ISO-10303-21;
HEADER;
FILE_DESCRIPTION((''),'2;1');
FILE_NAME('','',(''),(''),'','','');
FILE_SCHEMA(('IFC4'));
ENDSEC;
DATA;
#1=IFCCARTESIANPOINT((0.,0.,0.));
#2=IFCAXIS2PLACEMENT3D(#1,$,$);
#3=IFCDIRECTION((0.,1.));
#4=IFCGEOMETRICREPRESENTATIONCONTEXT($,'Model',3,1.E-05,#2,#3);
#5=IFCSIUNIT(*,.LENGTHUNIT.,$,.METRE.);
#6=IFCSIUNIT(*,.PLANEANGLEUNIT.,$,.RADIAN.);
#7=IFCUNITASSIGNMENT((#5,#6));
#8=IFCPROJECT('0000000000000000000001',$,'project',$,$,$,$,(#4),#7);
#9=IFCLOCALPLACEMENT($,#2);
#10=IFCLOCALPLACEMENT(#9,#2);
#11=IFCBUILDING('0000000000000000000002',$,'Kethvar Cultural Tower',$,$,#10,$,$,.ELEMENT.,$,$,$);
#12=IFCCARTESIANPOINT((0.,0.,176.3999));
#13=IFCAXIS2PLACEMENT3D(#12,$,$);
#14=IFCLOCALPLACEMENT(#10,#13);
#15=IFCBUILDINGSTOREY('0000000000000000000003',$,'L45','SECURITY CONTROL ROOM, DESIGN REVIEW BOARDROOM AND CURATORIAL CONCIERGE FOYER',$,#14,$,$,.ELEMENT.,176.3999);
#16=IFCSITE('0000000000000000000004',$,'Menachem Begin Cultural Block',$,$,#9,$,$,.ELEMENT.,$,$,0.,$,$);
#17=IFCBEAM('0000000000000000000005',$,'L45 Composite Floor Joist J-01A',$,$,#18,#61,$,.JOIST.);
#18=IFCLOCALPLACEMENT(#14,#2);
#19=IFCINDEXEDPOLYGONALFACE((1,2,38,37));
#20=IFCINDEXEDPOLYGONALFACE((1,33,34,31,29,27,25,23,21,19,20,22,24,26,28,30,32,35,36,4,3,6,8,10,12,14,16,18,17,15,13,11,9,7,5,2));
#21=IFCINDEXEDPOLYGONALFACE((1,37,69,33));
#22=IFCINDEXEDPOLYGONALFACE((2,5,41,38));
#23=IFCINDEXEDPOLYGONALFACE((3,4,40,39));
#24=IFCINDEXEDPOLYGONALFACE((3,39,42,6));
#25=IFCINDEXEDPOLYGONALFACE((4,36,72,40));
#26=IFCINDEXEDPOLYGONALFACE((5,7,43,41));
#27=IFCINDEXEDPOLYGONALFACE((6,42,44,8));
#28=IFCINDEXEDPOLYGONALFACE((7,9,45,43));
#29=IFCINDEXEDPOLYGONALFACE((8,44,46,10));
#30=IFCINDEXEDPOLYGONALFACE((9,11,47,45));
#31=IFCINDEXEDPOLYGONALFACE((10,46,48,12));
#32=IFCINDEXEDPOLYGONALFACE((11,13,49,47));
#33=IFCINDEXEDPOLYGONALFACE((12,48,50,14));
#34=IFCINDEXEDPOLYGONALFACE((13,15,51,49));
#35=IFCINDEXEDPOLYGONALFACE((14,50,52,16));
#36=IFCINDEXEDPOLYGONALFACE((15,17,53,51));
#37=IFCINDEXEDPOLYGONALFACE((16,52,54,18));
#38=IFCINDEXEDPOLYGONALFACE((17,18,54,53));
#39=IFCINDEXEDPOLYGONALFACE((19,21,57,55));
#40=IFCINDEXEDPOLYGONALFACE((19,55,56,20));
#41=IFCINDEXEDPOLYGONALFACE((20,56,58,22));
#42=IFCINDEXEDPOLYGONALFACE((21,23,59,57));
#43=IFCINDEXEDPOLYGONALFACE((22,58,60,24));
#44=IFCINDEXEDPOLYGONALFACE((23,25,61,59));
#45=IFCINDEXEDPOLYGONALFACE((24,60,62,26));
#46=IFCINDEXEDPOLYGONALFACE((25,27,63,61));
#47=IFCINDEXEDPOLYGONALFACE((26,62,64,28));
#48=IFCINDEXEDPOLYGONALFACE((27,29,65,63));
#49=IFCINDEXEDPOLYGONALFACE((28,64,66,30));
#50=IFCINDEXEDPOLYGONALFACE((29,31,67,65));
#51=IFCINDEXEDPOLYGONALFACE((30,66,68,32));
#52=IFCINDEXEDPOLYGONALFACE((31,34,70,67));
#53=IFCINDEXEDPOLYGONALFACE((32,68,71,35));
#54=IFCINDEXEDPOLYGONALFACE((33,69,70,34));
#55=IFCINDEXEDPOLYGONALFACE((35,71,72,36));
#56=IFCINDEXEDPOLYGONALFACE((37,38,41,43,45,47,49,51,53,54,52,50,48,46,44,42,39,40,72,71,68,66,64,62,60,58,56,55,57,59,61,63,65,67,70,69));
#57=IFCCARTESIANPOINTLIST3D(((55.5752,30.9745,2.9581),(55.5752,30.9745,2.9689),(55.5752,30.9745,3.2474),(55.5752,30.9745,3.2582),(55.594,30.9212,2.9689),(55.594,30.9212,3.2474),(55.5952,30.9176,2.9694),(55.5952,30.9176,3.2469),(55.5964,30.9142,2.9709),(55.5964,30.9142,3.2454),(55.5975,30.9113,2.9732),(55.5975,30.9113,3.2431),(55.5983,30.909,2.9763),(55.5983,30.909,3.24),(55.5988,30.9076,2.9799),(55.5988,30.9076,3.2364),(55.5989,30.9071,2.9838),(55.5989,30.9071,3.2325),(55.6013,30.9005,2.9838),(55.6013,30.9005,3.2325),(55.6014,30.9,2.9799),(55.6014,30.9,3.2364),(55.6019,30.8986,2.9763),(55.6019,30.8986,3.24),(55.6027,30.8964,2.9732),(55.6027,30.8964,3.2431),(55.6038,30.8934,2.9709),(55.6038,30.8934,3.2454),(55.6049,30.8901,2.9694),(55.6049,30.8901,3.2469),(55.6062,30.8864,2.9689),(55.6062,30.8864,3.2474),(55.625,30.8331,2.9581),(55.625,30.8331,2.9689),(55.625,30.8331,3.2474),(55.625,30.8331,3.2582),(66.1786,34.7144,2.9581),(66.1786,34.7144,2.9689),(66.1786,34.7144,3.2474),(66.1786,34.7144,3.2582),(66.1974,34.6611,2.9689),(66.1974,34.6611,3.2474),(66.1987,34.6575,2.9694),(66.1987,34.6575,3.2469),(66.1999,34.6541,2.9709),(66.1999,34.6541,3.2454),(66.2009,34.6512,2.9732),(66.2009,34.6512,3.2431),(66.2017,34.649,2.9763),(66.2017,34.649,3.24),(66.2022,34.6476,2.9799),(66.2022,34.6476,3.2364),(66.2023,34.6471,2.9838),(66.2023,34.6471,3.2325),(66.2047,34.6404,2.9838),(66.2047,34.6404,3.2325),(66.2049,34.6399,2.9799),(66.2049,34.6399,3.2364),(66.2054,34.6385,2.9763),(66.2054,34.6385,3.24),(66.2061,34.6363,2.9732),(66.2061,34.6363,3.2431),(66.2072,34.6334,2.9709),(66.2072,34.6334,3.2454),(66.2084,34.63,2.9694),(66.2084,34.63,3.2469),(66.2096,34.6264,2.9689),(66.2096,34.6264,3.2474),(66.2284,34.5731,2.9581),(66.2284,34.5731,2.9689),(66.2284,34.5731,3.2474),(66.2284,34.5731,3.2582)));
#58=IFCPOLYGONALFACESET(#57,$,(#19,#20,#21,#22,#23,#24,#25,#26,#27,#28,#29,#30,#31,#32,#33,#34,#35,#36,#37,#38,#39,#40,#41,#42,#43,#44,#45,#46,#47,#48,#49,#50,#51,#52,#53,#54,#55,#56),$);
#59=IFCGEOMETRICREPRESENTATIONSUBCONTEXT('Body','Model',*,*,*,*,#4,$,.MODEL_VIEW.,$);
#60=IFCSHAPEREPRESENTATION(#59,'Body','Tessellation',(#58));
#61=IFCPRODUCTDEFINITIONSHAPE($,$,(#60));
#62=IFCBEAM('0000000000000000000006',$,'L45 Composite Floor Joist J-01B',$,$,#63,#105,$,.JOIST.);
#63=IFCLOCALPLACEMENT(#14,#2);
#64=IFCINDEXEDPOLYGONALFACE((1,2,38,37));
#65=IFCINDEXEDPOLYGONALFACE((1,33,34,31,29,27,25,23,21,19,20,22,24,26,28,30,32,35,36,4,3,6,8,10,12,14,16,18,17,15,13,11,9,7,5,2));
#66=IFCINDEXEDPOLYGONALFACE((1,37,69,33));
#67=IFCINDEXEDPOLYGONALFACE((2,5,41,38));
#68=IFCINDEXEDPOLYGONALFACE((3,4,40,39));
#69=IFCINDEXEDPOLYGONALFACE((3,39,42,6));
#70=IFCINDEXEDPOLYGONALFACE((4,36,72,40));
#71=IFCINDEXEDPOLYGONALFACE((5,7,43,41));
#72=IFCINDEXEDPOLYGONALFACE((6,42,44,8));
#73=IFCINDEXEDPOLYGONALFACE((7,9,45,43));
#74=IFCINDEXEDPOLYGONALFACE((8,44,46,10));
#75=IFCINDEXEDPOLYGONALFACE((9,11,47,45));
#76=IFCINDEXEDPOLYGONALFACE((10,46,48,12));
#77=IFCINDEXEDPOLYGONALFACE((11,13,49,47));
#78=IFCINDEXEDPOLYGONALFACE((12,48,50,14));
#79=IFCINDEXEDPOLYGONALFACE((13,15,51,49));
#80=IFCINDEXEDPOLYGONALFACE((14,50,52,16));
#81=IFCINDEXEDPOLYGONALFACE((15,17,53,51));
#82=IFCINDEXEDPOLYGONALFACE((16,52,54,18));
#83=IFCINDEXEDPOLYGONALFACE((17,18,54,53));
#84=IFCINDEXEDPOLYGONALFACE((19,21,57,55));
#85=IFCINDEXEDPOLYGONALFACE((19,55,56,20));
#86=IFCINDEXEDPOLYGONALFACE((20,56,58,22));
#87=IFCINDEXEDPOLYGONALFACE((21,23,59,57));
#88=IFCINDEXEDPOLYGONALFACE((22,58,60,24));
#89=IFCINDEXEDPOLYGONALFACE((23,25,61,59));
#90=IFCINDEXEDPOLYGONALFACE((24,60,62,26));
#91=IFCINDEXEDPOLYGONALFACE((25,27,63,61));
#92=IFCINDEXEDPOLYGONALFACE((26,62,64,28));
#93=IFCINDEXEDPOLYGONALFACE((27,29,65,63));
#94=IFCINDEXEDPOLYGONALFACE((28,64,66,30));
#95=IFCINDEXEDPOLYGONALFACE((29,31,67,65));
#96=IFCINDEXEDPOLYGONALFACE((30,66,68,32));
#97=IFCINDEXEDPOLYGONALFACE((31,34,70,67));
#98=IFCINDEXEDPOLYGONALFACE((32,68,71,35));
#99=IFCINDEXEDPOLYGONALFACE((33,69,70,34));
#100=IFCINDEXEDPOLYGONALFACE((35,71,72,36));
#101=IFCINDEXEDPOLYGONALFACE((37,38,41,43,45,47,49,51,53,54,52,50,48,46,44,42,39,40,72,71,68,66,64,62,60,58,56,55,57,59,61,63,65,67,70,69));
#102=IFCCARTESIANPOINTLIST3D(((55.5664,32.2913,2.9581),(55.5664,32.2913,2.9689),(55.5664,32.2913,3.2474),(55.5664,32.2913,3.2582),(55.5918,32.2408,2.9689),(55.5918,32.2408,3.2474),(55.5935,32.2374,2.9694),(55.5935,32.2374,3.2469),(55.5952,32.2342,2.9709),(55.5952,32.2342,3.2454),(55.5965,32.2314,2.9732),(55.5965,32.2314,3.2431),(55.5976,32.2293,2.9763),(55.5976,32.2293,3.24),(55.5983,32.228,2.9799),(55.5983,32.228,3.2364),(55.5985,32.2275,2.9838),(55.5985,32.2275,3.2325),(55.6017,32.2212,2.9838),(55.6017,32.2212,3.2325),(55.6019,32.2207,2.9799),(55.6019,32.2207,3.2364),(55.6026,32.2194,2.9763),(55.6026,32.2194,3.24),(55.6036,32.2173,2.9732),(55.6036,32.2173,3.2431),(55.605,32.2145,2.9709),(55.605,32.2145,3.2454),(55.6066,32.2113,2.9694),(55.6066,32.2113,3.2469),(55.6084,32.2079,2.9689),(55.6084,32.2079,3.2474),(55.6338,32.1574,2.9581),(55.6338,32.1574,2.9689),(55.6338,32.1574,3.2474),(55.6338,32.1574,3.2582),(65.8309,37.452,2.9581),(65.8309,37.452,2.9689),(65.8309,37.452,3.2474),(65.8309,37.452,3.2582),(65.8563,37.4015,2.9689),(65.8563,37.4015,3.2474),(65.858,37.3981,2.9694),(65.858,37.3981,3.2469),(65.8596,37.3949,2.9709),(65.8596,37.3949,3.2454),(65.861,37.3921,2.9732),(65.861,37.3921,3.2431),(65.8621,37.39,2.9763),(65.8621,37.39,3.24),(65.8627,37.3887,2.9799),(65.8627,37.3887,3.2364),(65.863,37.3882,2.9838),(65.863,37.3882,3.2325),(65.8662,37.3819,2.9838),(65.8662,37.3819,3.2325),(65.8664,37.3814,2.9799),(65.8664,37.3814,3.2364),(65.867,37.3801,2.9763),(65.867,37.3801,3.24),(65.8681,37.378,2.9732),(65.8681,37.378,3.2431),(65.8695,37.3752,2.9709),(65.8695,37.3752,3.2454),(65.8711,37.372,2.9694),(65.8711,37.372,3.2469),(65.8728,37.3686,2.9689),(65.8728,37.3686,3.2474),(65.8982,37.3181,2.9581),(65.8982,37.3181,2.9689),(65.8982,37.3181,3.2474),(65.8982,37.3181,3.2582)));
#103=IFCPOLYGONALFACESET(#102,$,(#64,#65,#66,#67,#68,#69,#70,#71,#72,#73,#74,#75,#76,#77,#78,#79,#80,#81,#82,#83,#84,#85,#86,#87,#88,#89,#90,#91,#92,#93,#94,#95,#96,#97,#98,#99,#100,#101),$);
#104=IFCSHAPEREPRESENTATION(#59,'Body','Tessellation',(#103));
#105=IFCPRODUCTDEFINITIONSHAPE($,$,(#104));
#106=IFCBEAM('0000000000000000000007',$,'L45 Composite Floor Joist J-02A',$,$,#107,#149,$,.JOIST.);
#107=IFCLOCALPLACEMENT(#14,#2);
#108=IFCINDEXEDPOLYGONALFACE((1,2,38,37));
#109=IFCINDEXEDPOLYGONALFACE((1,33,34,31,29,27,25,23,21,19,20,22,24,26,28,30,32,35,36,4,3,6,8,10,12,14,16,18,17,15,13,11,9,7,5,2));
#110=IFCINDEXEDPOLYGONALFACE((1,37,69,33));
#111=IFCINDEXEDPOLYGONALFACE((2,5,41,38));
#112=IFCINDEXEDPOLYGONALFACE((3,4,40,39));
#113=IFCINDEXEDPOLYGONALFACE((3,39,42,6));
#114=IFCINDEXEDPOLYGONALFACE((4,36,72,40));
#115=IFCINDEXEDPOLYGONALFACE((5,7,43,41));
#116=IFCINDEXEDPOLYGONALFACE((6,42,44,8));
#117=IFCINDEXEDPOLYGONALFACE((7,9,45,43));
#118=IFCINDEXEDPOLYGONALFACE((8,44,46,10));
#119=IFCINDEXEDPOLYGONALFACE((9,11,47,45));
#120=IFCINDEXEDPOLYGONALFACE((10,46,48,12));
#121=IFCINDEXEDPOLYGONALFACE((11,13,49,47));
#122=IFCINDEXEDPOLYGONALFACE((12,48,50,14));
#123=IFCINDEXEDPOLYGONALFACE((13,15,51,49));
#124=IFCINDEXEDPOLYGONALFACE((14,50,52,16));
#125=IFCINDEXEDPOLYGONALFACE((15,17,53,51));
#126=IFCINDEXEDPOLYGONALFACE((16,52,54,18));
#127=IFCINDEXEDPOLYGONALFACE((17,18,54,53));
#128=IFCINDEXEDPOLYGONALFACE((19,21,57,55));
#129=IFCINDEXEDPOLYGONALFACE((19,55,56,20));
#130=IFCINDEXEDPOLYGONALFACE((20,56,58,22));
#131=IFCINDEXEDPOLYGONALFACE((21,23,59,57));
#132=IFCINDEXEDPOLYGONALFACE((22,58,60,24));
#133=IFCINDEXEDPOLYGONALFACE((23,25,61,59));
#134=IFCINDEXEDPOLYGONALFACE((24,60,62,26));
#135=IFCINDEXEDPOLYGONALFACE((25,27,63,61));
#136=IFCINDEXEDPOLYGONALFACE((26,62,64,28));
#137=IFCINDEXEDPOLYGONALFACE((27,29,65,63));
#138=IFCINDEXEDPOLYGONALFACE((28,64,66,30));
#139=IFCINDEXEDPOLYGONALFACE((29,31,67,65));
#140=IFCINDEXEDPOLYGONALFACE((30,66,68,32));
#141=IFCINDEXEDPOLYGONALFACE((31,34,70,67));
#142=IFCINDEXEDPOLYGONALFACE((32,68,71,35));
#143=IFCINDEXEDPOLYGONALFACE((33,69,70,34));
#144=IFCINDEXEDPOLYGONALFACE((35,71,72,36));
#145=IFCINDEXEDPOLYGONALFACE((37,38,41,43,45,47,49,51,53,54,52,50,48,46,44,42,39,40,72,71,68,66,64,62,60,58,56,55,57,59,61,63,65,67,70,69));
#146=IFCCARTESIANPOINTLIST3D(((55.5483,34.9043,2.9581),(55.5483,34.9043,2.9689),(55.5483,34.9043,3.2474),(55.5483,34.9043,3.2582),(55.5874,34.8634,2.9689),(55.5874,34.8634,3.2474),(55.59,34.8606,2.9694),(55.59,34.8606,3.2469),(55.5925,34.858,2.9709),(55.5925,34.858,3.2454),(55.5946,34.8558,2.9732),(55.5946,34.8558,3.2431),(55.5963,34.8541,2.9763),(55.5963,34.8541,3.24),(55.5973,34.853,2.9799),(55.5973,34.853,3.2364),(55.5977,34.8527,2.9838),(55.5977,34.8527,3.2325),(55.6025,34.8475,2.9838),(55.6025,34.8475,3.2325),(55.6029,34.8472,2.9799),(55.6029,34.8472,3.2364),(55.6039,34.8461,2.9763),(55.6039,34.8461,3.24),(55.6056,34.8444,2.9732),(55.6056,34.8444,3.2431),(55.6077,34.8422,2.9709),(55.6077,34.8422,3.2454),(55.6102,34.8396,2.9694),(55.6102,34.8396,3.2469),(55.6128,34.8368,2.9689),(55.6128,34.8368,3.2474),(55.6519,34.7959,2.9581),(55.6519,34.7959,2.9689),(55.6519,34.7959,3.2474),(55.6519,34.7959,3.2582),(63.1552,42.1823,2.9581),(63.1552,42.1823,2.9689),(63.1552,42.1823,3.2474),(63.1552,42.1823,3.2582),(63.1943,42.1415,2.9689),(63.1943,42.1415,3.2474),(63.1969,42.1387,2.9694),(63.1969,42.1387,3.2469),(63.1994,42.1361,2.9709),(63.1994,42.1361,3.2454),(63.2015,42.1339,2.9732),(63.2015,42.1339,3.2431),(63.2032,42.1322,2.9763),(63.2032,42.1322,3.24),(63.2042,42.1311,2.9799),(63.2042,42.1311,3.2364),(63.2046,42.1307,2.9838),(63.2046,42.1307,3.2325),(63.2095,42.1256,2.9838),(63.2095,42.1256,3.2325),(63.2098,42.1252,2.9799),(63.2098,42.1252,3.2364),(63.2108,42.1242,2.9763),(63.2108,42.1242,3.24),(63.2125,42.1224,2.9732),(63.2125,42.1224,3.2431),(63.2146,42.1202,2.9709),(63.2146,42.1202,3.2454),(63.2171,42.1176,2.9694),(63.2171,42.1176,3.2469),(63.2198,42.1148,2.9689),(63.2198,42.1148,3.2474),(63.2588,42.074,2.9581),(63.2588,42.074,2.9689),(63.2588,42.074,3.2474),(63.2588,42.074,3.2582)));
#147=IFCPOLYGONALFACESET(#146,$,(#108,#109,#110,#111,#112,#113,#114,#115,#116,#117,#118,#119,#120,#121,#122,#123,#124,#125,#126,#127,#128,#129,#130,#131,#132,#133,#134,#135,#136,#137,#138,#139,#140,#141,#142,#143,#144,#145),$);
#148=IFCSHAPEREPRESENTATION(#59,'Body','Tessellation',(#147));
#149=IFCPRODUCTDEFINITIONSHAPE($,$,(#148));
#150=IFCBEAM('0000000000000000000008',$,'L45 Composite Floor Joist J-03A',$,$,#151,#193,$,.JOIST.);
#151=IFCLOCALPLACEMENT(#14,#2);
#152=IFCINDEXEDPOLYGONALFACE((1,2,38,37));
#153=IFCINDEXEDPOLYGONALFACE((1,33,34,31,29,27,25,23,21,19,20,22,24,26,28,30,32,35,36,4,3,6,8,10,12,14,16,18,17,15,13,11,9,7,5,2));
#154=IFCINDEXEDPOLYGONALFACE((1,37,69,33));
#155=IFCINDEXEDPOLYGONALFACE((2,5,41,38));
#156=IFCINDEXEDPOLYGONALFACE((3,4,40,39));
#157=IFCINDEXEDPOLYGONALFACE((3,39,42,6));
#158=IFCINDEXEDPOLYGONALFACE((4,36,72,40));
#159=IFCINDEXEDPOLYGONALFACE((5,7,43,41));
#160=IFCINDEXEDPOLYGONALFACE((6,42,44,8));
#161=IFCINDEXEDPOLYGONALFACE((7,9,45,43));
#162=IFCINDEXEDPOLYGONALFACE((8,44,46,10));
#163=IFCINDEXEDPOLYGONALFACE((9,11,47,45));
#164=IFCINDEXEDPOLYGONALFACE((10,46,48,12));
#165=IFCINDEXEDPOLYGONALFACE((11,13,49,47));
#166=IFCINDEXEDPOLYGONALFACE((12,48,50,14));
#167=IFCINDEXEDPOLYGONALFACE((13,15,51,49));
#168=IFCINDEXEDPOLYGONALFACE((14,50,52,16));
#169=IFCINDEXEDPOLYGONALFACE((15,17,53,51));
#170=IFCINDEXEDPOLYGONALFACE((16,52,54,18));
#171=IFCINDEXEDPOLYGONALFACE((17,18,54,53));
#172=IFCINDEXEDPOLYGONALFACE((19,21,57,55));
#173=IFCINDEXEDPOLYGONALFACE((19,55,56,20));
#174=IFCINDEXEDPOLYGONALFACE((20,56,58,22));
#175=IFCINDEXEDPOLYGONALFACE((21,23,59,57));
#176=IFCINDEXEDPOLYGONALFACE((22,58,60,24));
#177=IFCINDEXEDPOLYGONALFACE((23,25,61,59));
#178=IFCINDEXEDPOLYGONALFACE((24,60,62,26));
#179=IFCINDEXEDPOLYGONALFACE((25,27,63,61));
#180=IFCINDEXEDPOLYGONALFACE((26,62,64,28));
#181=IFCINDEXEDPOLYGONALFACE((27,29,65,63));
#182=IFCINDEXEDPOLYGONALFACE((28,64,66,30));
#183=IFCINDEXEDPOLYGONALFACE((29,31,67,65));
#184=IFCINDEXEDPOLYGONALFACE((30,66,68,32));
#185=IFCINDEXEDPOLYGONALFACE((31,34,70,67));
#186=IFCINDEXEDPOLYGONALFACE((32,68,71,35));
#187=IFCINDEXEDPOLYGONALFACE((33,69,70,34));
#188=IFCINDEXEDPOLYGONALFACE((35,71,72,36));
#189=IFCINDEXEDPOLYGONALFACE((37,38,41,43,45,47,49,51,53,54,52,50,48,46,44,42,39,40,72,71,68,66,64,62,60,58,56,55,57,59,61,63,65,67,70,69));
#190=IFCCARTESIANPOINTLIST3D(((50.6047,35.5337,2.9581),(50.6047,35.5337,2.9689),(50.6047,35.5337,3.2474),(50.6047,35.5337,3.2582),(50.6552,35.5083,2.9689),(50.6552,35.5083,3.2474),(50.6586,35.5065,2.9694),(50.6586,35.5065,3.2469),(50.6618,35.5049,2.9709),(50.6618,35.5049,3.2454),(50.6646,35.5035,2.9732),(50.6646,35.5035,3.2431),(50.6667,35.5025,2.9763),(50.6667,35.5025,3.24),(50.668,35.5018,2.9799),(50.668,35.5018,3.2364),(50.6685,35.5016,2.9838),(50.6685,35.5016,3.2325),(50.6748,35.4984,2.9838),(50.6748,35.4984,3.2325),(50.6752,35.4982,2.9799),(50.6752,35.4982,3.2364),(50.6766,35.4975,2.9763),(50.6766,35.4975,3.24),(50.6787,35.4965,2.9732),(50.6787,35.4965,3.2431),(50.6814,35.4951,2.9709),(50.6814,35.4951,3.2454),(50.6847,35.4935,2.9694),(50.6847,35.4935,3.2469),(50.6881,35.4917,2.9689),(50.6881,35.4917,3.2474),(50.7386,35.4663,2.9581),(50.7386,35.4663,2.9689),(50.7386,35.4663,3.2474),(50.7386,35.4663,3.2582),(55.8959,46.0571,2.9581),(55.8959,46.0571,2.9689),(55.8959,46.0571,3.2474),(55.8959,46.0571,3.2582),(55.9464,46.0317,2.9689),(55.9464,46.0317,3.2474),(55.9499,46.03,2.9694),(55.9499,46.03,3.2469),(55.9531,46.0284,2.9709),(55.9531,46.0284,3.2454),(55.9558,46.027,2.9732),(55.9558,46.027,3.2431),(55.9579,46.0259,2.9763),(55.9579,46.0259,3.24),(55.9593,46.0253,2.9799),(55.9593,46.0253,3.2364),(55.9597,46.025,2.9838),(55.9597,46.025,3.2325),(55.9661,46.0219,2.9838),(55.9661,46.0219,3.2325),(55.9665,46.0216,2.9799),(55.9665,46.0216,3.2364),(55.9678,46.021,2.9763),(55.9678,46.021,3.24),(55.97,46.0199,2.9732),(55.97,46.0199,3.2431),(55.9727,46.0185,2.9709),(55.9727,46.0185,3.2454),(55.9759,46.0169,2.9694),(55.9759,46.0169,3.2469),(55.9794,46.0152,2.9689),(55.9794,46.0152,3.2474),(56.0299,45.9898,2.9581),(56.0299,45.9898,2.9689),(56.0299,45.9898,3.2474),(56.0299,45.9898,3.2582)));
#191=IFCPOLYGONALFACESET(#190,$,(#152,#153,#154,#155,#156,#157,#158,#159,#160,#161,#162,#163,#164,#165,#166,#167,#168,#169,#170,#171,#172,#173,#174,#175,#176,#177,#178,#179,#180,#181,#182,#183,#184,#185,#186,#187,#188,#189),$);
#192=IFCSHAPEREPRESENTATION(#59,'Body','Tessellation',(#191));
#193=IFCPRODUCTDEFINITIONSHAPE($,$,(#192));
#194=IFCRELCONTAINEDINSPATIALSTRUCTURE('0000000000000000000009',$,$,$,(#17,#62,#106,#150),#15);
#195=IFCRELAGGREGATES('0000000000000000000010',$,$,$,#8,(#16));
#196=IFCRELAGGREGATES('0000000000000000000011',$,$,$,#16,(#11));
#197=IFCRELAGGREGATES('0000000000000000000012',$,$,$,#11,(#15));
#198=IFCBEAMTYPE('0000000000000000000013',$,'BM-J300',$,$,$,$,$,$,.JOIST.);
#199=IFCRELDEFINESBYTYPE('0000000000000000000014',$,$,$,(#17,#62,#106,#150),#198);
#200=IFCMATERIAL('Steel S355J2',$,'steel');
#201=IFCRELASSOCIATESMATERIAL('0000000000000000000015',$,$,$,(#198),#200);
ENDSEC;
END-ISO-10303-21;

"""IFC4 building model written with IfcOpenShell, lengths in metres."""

from ifc_helpers import new_model, si_unit, direction, frame, origin, origin_2d, place, context, subcontext, project, spatial, i_section, extrude, source, transform, mapped, material, material_profile, profile_set, type_object, element, save


model = new_model("IFC4")

# Units and contexts
model_context = context("Model", 3, precision=1e-05, world=origin(), true_north=direction((0.0, 1.0)))
body_context = subcontext(model_context, "Body", "Model", "MODEL_VIEW")
ifc_project = project(units=[si_unit("LENGTHUNIT", "METRE"), si_unit("PLANEANGLEUNIT", "RADIAN")], contexts=[model_context])

# Site, building, storey
site_placement = place(None, origin())
site = spatial("IfcSite", under=ifc_project, at=site_placement, Name="Menachem Begin Cultural Block", CompositionType="ELEMENT", RefElevation=0.0)
building_placement = place(site_placement, origin())
building = spatial("IfcBuilding", under=site, at=building_placement, Name="Kethvar Cultural Tower", CompositionType="ELEMENT")
storey_placement = place(building_placement, frame((0.0, 0.0, 176.3999)))
storey = spatial("IfcBuildingStorey", under=building, at=storey_placement, Name="L45", Description="SECURITY CONTROL ROOM, DESIGN REVIEW BOARDROOM AND CURATORIAL CONCIERGE FOYER", CompositionType="ELEMENT", Elevation=176.3999)

# Beams
ifc_material_1 = material(Name="Steel S355J2", Category="steel")
ifc_material_profile_1 = material_profile(ifc_material_1, i_section(OverallWidth=0.1499, OverallDepth=0.3, WebThickness=0.0071, FlangeThickness=0.0107, FilletRadius=0.0149, at=origin_2d()), Name="Steel S355J2 — IPE300")
ifc_profile_set_1 = profile_set([ifc_material_profile_1], Name="Steel S355J2 — IPE300")
beam_type_1 = type_object("IfcBeamType", Name="BM-J300", PredefinedType="JOIST", material=ifc_profile_set_1)
shared_shape_1 = source(origin(), body_context, "Body", "SweptSolid", [
    extrude(i_section(OverallWidth=0.1499, OverallDepth=0.3, WebThickness=0.0071, FlangeThickness=0.0107, FilletRadius=0.0149, at=origin_2d()), origin(), (0.0, 0.0, 1.0), 11.2437),
])
beam_1_placement = place(storey_placement, frame((55.6001, 30.9038, 3.1082), z_axis=(0.943058, 0.332628, 0.0), x_axis=(-0.332628, 0.943058, 0.0)))
element("IfcBeam", 1, at=beam_1_placement, inside=storey, type_object=beam_type_1, Name="L45 Composite Floor Joist J-01A", PredefinedType="JOIST", context=body_context, shape_type="MappedRepresentation", body=[
    mapped(shared_shape_1, transform((0.0, 0.0, 0.0), scale=1.0)),
])
shared_shape_2 = source(origin(), body_context, "Body", "SweptSolid", [
    extrude(i_section(OverallWidth=0.1499, OverallDepth=0.3, WebThickness=0.0071, FlangeThickness=0.0107, FilletRadius=0.0149, at=origin_2d()), origin(), (0.0, 0.0, 1.0), 11.4888),
])
beam_2_placement = place(storey_placement, frame((55.6001, 32.2244, 3.1082), z_axis=(0.893435, 0.449193, 0.0), x_axis=(-0.449193, 0.893435, 0.0)))
element("IfcBeam", 2, at=beam_2_placement, inside=storey, type_object=beam_type_1, Name="L45 Composite Floor Joist J-01B", PredefinedType="JOIST", context=body_context, shape_type="MappedRepresentation", body=[
    mapped(shared_shape_2, transform((0.0, 0.0, 0.0), scale=1.0)),
])
shared_shape_3 = source(origin(), body_context, "Body", "SweptSolid", [
    extrude(i_section(OverallWidth=0.1499, OverallDepth=0.3, WebThickness=0.0071, FlangeThickness=0.0107, FilletRadius=0.0149, at=origin_2d()), origin(), (0.0, 0.0, 1.0), 10.5278),
])
beam_3_placement = place(storey_placement, frame((55.6001, 34.8501, 3.1082), z_axis=(0.722553, 0.691316, 0.0), x_axis=(-0.691316, 0.722553, 0.0)))
element("IfcBeam", 3, at=beam_3_placement, inside=storey, type_object=beam_type_1, Name="L45 Composite Floor Joist J-02A", PredefinedType="JOIST", context=body_context, shape_type="MappedRepresentation", body=[
    mapped(shared_shape_3, transform((0.0, 0.0, 0.0), scale=1.0)),
])
shared_shape_4 = source(origin(), body_context, "Body", "SweptSolid", [
    extrude(i_section(OverallWidth=0.1499, OverallDepth=0.3, WebThickness=0.0071, FlangeThickness=0.0107, FilletRadius=0.0149, at=origin_2d()), origin(), (0.0, 0.0, 1.0), 11.7788),
])
beam_4_placement = place(storey_placement, frame((50.6716, 35.5, 3.1082), z_axis=(0.449219, 0.893422, 0.0), x_axis=(-0.893422, 0.449219, 0.0)))
element("IfcBeam", 4, at=beam_4_placement, inside=storey, type_object=beam_type_1, Name="L45 Composite Floor Joist J-03A", PredefinedType="JOIST", context=body_context, shape_type="MappedRepresentation", body=[
    mapped(shared_shape_4, transform((0.0, 0.0, 0.0), scale=1.0)),
])

save(model, "model.ifc")
